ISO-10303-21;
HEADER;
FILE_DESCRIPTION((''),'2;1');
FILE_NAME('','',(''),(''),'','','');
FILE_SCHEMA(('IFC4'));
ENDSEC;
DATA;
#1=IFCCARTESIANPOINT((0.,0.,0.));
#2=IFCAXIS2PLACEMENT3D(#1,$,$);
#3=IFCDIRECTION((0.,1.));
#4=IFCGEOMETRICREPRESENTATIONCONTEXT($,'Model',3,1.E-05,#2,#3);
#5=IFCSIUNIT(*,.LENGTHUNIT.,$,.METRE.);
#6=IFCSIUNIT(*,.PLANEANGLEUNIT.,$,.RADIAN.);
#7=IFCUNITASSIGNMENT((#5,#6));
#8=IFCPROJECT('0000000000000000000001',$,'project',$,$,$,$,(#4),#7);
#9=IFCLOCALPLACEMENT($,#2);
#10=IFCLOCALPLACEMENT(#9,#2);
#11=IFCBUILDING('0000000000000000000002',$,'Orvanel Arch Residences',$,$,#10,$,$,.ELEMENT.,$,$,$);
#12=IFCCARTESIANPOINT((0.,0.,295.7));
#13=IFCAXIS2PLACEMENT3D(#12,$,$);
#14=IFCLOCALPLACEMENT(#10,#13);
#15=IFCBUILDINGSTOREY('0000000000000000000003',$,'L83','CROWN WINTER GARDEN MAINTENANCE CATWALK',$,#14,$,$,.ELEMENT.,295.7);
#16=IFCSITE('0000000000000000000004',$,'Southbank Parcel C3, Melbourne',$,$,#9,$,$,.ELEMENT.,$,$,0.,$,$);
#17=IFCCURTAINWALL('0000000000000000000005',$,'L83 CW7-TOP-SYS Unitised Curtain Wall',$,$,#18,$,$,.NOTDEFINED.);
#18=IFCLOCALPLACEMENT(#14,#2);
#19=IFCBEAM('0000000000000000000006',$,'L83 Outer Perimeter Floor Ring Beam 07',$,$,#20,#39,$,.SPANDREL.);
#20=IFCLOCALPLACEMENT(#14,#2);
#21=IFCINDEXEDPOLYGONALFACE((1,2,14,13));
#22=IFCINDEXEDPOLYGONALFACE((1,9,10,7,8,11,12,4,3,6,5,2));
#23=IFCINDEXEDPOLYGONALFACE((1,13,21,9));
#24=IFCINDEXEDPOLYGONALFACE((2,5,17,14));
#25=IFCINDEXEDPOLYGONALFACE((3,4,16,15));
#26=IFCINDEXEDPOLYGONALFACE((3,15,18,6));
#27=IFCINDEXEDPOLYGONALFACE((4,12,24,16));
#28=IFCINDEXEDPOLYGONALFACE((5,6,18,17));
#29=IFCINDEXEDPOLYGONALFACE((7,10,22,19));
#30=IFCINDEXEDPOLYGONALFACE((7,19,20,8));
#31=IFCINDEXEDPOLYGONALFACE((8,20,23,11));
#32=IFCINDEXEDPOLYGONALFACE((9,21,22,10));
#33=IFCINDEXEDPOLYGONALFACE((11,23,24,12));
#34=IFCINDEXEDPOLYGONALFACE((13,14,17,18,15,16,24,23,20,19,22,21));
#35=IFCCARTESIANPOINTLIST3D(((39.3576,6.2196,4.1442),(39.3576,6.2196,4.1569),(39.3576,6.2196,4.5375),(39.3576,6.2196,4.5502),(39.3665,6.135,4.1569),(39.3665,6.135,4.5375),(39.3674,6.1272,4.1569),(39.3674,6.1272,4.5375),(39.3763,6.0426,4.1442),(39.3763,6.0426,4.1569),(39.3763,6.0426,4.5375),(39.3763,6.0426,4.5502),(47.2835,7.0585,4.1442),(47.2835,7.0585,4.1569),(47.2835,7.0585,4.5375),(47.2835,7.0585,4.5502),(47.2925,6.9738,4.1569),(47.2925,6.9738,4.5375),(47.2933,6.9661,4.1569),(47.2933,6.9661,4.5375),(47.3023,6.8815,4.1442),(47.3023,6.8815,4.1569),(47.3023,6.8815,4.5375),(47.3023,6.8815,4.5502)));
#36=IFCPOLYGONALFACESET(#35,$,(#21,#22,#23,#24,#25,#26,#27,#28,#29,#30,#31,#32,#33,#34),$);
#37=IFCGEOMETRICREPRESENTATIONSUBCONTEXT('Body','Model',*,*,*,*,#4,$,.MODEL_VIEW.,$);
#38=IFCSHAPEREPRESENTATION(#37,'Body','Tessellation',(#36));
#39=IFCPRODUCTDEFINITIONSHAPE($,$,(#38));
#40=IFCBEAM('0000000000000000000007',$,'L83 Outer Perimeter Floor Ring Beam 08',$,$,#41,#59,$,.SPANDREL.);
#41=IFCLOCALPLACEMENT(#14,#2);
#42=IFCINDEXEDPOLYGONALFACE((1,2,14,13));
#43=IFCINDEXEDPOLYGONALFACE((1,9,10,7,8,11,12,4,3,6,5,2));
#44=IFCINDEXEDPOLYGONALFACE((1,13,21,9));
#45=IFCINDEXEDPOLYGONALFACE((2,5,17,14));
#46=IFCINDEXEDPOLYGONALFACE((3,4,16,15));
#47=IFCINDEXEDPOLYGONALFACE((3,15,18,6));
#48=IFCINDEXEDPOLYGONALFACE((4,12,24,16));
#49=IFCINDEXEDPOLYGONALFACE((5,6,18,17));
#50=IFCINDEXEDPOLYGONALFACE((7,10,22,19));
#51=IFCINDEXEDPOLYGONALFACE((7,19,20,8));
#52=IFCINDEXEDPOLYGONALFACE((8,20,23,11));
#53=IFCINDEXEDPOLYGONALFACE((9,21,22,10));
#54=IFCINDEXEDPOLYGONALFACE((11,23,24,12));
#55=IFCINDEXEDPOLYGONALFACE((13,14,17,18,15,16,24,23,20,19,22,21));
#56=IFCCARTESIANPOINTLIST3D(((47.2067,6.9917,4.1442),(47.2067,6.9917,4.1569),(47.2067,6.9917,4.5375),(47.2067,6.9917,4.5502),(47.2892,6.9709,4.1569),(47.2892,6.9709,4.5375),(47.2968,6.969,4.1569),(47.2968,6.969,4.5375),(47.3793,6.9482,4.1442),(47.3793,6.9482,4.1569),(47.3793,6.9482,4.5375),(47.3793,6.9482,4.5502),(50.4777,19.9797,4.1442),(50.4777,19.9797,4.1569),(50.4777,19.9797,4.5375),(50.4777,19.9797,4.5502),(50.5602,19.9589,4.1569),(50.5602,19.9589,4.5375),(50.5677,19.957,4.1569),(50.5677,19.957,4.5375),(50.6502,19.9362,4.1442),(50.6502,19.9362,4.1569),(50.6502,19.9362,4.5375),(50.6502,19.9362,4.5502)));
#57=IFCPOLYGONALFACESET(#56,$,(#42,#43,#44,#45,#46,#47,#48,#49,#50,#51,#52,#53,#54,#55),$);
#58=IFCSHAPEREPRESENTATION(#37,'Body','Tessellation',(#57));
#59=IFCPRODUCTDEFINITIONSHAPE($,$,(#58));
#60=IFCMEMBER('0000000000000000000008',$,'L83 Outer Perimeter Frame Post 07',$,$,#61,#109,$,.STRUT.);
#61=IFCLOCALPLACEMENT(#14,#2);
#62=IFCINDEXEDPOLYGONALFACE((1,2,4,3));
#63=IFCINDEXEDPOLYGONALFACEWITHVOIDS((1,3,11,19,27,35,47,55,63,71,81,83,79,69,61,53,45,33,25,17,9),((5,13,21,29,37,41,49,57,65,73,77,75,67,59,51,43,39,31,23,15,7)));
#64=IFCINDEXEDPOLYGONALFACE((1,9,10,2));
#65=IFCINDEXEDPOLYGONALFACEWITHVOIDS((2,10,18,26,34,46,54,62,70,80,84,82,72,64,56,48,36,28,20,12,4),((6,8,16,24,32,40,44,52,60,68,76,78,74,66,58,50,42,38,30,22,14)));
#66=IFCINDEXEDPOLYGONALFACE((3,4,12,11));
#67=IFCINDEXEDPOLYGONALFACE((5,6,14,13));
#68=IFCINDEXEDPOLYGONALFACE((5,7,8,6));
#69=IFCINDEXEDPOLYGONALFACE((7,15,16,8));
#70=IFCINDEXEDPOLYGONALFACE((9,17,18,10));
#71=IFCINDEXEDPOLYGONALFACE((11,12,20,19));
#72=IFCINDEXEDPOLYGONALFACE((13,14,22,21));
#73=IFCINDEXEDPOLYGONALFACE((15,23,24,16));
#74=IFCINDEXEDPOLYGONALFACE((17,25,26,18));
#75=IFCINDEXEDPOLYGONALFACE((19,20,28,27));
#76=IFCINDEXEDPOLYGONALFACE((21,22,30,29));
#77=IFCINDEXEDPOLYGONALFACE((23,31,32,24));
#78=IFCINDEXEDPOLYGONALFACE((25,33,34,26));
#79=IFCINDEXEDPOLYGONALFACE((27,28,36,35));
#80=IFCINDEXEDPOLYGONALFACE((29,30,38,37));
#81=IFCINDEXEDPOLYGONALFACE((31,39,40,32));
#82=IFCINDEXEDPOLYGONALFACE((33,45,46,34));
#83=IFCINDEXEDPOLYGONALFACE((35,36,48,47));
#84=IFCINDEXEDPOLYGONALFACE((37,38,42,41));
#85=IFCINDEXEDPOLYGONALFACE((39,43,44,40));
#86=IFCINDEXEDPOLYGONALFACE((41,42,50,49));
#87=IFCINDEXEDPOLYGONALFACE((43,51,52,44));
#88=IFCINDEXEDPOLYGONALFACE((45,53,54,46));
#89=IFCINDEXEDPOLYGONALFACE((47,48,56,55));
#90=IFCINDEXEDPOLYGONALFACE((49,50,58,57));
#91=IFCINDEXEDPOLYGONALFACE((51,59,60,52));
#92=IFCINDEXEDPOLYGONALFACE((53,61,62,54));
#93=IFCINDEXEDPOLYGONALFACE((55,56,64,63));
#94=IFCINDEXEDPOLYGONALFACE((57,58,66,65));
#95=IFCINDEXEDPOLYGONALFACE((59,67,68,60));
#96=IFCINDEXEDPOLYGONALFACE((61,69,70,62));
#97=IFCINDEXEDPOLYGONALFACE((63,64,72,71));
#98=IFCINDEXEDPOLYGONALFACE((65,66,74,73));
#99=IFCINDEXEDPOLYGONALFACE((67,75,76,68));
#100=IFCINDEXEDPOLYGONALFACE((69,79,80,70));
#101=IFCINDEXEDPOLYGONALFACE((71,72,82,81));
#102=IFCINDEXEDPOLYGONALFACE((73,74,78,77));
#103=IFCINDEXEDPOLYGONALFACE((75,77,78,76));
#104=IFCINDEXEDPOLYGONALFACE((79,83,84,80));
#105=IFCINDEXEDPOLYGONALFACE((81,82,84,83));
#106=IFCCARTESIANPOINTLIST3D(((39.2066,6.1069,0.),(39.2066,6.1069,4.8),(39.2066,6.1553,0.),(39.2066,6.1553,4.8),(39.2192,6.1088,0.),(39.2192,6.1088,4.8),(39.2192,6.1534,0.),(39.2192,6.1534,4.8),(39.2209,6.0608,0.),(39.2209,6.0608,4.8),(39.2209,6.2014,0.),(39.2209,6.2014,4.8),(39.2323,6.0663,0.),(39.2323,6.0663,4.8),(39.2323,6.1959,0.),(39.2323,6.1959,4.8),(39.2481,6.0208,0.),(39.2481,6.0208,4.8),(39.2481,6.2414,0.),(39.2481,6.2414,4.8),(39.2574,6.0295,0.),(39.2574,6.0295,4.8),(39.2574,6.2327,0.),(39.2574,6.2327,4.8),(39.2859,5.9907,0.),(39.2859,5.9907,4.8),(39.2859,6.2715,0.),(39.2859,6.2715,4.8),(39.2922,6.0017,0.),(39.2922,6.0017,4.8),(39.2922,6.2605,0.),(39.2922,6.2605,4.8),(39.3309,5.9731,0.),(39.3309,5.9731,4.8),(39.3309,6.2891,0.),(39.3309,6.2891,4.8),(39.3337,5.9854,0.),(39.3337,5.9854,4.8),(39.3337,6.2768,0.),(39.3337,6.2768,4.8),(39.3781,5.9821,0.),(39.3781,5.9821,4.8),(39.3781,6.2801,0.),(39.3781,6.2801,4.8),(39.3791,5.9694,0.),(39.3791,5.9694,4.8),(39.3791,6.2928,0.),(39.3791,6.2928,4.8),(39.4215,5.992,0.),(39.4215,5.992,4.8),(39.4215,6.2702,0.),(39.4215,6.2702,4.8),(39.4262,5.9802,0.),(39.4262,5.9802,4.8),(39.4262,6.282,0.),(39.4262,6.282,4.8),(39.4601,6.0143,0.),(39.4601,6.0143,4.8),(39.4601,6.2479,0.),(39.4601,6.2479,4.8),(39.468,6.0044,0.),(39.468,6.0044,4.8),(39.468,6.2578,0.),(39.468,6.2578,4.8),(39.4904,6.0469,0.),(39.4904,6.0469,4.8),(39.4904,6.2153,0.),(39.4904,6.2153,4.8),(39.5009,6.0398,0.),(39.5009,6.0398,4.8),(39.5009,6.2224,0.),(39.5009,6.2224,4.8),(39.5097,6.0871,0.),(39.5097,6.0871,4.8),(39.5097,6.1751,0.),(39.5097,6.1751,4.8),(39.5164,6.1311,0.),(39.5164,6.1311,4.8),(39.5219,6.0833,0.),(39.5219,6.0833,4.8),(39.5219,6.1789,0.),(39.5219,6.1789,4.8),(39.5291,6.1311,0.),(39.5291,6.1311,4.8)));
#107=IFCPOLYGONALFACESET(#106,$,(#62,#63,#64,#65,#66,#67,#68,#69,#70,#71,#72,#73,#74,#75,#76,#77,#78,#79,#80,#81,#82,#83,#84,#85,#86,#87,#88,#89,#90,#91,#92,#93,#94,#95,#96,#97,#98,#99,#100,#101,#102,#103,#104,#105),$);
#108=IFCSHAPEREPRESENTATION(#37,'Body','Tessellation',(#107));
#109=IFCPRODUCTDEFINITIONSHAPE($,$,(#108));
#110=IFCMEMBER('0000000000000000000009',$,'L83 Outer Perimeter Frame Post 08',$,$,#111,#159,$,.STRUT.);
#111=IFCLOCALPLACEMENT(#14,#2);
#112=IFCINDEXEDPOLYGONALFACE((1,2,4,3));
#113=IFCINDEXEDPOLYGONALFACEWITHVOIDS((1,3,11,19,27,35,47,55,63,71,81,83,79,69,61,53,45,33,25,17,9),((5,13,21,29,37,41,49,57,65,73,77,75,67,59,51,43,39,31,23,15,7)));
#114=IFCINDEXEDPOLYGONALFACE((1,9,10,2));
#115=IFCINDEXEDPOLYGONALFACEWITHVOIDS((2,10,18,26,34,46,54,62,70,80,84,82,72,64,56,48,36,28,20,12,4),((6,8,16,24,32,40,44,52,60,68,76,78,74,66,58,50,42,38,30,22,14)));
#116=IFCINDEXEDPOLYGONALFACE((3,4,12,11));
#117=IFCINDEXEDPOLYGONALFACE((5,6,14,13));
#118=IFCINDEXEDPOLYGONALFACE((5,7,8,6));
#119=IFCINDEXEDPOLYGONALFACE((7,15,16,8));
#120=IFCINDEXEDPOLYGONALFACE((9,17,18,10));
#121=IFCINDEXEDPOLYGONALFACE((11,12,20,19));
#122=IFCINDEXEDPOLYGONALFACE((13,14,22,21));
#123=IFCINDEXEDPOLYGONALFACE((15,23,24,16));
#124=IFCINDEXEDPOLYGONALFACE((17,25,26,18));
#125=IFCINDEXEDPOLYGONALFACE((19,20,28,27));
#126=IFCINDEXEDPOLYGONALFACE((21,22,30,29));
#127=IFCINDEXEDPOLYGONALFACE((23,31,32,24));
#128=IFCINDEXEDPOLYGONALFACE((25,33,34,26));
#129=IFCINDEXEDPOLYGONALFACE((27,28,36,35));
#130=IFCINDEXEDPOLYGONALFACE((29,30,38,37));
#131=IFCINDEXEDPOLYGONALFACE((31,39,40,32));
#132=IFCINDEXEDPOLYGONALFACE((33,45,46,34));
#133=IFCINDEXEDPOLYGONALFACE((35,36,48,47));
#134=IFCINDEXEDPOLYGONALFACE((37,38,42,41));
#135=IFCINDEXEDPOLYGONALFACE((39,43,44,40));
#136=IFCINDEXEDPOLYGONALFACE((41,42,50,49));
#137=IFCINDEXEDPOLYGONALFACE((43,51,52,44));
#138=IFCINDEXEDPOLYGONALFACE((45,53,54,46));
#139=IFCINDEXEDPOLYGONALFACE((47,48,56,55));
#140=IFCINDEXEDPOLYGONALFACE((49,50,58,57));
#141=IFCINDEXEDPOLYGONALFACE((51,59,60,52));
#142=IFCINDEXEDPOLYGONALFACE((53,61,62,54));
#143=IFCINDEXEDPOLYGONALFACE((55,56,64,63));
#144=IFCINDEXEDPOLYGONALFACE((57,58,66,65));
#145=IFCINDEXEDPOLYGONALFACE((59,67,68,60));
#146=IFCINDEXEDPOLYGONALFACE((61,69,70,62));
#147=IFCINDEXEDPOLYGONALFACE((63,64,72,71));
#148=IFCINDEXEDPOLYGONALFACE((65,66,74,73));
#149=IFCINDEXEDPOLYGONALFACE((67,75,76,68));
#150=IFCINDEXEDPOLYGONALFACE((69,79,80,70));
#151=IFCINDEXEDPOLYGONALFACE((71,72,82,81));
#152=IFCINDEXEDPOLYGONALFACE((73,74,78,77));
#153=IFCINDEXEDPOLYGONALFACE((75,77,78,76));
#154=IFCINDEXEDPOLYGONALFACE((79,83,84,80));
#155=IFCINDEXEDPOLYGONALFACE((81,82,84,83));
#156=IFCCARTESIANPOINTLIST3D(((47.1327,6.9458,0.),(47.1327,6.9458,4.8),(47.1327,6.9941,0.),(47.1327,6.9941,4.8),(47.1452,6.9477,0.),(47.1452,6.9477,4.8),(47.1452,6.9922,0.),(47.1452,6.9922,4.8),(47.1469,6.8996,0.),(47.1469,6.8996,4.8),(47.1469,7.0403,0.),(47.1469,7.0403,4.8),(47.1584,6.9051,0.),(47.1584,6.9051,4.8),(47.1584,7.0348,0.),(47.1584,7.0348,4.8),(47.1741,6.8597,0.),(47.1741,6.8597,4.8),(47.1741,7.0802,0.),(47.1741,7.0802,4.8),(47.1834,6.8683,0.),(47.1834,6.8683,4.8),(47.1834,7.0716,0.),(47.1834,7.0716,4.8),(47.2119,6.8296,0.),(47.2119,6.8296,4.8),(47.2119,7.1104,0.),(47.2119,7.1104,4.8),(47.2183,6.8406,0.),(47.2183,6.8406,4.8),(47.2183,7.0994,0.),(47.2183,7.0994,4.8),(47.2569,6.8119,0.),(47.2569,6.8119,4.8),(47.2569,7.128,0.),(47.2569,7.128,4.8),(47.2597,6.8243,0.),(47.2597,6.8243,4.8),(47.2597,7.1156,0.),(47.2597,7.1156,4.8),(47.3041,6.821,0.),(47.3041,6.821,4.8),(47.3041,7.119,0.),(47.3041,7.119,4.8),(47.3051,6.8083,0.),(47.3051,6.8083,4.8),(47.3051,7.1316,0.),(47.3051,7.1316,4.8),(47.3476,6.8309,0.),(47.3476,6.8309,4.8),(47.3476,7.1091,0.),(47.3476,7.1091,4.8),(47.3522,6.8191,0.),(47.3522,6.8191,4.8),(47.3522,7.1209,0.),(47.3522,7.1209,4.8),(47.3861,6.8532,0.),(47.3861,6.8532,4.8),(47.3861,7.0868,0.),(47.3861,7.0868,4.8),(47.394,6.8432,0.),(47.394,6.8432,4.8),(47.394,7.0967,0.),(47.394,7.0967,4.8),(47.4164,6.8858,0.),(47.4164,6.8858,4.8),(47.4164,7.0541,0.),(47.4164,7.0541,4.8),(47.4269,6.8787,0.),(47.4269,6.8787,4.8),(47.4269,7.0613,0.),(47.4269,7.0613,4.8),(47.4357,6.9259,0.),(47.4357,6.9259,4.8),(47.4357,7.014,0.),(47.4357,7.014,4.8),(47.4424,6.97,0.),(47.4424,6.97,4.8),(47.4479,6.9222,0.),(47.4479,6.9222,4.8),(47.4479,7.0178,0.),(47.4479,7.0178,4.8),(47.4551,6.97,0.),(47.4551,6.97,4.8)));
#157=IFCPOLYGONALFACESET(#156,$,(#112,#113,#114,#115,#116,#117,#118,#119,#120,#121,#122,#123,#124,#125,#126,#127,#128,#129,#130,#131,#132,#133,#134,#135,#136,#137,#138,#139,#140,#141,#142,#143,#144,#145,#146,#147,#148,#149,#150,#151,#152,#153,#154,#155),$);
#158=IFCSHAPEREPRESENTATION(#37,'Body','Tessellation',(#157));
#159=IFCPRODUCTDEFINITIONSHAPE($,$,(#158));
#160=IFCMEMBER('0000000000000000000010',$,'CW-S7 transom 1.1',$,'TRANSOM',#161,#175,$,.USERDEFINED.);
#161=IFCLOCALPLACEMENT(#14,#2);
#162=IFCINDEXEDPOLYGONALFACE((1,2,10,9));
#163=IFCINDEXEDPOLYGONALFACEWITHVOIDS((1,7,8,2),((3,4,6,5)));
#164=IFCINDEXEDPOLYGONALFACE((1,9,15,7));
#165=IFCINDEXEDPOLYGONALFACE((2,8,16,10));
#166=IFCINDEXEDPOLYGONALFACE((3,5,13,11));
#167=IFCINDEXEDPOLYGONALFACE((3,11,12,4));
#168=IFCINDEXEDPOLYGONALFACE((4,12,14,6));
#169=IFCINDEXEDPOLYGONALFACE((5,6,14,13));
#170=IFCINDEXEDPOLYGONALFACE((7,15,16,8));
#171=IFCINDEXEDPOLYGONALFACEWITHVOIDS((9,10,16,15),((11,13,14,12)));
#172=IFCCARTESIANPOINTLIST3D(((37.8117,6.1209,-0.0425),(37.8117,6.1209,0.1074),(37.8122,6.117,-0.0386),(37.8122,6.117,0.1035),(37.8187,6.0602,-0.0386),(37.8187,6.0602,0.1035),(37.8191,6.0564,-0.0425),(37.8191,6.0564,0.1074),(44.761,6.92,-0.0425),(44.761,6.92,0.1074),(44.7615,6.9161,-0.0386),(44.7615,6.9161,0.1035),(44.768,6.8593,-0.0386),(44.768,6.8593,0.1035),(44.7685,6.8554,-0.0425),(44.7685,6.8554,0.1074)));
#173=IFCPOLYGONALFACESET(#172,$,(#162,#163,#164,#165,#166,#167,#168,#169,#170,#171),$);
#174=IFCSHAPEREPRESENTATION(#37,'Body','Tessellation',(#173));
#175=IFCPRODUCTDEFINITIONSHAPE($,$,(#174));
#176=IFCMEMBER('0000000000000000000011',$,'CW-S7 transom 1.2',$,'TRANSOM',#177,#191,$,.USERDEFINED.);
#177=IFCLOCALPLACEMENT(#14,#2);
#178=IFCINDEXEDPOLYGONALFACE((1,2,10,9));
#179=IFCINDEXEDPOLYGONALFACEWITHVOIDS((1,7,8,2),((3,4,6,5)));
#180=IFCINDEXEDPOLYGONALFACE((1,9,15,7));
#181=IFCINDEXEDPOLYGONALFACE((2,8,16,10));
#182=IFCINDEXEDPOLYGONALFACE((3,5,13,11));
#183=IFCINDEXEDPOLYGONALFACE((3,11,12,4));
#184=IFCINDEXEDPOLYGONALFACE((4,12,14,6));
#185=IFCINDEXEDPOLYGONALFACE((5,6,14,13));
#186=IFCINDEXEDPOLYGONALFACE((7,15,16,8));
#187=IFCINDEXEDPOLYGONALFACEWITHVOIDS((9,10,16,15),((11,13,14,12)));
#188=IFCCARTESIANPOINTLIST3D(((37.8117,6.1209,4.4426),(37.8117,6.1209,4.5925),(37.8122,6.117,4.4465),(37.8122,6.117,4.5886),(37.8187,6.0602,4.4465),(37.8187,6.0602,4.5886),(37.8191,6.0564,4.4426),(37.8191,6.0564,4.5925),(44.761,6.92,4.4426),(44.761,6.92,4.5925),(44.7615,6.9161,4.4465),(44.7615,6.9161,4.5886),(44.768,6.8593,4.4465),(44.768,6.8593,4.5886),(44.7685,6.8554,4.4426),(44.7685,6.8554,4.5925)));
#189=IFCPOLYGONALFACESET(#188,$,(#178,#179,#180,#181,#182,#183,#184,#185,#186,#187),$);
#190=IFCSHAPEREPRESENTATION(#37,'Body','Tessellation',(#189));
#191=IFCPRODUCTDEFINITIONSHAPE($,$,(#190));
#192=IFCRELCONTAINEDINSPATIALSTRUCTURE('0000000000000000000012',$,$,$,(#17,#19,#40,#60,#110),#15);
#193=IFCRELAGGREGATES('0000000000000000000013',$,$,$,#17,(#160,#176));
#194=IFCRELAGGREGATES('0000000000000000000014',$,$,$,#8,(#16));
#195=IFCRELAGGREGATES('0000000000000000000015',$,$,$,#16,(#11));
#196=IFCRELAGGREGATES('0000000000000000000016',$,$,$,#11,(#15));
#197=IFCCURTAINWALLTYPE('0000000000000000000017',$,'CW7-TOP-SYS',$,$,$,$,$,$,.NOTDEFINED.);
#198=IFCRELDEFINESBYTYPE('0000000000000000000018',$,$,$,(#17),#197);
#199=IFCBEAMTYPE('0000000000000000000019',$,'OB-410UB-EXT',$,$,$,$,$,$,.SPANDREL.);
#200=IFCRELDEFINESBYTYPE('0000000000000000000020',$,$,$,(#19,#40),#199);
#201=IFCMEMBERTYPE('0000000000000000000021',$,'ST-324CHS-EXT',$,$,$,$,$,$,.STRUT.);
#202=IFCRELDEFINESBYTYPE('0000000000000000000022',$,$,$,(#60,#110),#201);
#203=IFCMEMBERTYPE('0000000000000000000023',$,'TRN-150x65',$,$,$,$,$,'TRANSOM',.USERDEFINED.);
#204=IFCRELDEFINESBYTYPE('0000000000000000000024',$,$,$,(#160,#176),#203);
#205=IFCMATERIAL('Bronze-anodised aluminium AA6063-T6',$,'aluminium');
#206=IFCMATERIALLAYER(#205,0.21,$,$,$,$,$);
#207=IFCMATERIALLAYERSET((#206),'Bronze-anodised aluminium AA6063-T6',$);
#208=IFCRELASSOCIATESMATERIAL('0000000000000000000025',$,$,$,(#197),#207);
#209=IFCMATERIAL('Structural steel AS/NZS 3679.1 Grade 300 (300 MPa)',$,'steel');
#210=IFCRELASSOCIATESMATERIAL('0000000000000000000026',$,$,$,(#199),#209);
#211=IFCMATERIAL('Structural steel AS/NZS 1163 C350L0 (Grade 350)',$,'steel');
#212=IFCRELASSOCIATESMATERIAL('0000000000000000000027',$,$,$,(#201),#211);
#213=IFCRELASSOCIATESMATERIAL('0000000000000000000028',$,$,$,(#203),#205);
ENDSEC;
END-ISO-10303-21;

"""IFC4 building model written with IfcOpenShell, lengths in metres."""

from ifc_helpers import new_model, si_unit, direction, frame, origin, origin_2d, place, context, subcontext, project, spatial, hollow_rectangle, hollow_circle, i_section, extrude, material, layer, layer_set, material_profile, profile_set, type_object, element, aggregate, save


model = new_model("IFC4")

# Units and contexts
model_context = context("Model", 3, precision=1e-05, world=origin(), true_north=direction((0.0, 1.0)))
body_context = subcontext(model_context, "Body", "Model", "MODEL_VIEW")
ifc_project = project(units=[si_unit("LENGTHUNIT", "METRE"), si_unit("PLANEANGLEUNIT", "RADIAN")], contexts=[model_context])

# Site, building, storey
site_placement = place(None, origin())
site = spatial("IfcSite", under=ifc_project, at=site_placement, Name="Southbank Parcel C3, Melbourne", CompositionType="ELEMENT", RefElevation=0.0)
building_placement = place(site_placement, origin())
building = spatial("IfcBuilding", under=site, at=building_placement, Name="Orvanel Arch Residences", CompositionType="ELEMENT")
storey_placement = place(building_placement, frame((0.0, 0.0, 295.7)))
storey = spatial("IfcBuildingStorey", under=building, at=storey_placement, Name="L83", Description="CROWN WINTER GARDEN MAINTENANCE CATWALK", CompositionType="ELEMENT", Elevation=295.7)

# Shared definitions
ifc_material_1 = material(Name="Structural steel AS/NZS 1163 C350L0 (Grade 350)", Category="steel")

# Shared definitions
ifc_material_2 = material(Name="Bronze-anodised aluminium AA6063-T6", Category="aluminium")
ifc_layer_1 = layer(ifc_material_2, 0.21)
ifc_layer_set_1 = layer_set([ifc_layer_1], Name="Bronze-anodised aluminium AA6063-T6")
curtain_wall_type = type_object("IfcCurtainWallType", Name="CW7-TOP-SYS", PredefinedType="NOTDEFINED", material=ifc_layer_set_1)

# Curtain wall
curtain_wall_1_placement = place(storey_placement, origin())
curtain_wall_1 = element("IfcCurtainWall", 1, at=curtain_wall_1_placement, inside=storey, type_object=curtain_wall_type, Name="L83 CW7-TOP-SYS Unitised Curtain Wall", PredefinedType="NOTDEFINED")

# Beams
ifc_material_3 = material(Name="Structural steel AS/NZS 3679.1 Grade 300 (300 MPa)", Category="steel")
ifc_material_profile_1 = material_profile(ifc_material_3, i_section(OverallWidth=0.178, OverallDepth=0.406, WebThickness=0.0078, FlangeThickness=0.0127, at=origin_2d()), Name="410UB59.7")
ifc_profile_set_1 = profile_set([ifc_material_profile_1], Name="Structural steel AS/NZS 3679.1 Grade 300 (300 MPa)")
beam_type_1 = type_object("IfcBeamType", Name="OB-410UB-EXT", PredefinedType="SPANDREL", material=ifc_profile_set_1)
beam_1_placement = place(storey_placement, frame((39.3669, 6.1311, 4.3472), z_axis=(0.994446, 0.105249, 0.0), x_axis=(-0.105249, 0.994446, 0.0)))
element("IfcBeam", 2, at=beam_1_placement, inside=storey, type_object=beam_type_1, Name="L83 Outer Perimeter Floor Ring Beam 07", PredefinedType="SPANDREL", context=body_context, shape_type="SweptSolid", body=[
    extrude(i_section(OverallWidth=0.178, OverallDepth=0.406, WebThickness=0.0078, FlangeThickness=0.0127, at=origin_2d()), origin(), (0.0, 0.0, 1.0), 7.9702),
])
beam_2_placement = place(storey_placement, frame((47.293, 6.97, 4.3472), z_axis=(0.244221, 0.96972, 0.0), x_axis=(-0.96972, 0.244221, 0.0)))
element("IfcBeam", 3, at=beam_2_placement, inside=storey, type_object=beam_type_1, Name="L83 Outer Perimeter Floor Ring Beam 08", PredefinedType="SPANDREL", context=body_context, shape_type="SweptSolid", body=[
    extrude(i_section(OverallWidth=0.178, OverallDepth=0.406, WebThickness=0.0078, FlangeThickness=0.0127, at=origin_2d()), origin(), (0.0, 0.0, 1.0), 13.3936),
])

# Members
ifc_material_profile_2 = material_profile(ifc_material_1, hollow_circle(Radius=0.1621, WallThickness=0.0127, at=origin_2d()), Name="CHS324x12.7")
ifc_profile_set_2 = profile_set([ifc_material_profile_2], Name="Structural steel AS/NZS 1163 C350L0 (Grade 350)")
member_type_1 = type_object("IfcMemberType", Name="ST-324CHS-EXT", PredefinedType="STRUT", material=ifc_profile_set_2)
for number, where, z_axis, x_axis, name in (
    (4, (39.3669, 6.1311, 0.0), (0.0, 0.0, 1.0), (1.0, 0.0, 0.0), "L83 Outer Perimeter Frame Post 07"),
    (5, (47.293, 6.97, 0.0), (0.0, 0.0, 1.0), (1.0, 0.0, 0.0), "L83 Outer Perimeter Frame Post 08"),
):
    element("IfcMember", number, at=place(storey_placement, frame(where, z_axis=z_axis, x_axis=x_axis)), inside=storey, type_object=member_type_1, Name=name, PredefinedType="STRUT", context=body_context, shape_type="SweptSolid", body=[
        extrude(hollow_circle(Radius=0.1621, WallThickness=0.0127, at=origin_2d()), origin(), (0.0, 0.0, 1.0), 4.8),
    ])

# Members
ifc_material_profile_3 = material_profile(ifc_material_2, hollow_rectangle(XDim=0.0649, YDim=0.1499, WallThickness=0.0039, at=origin_2d()), Name="ALU150x65x4")
ifc_profile_set_3 = profile_set([ifc_material_profile_3], Name="Bronze-anodised aluminium AA6063-T6")
member_type_2 = type_object("IfcMemberType", Name="TRN-150x65", ElementType="TRANSOM", PredefinedType="USERDEFINED", material=ifc_profile_set_3)
member_1_placement = place(storey_placement, frame((37.8154, 6.0886, 0.0325), z_axis=(0.993454, 0.114235, 0.0), x_axis=(-0.114235, 0.993454, 0.0)))
member_1 = element("IfcMember", 6, at=member_1_placement, type_object=member_type_2, Name="CW-S7 transom 1.1", ObjectType="TRANSOM", PredefinedType="USERDEFINED", context=body_context, shape_type="SweptSolid", body=[
    extrude(hollow_rectangle(XDim=0.0649, YDim=0.1499, WallThickness=0.0039, at=origin_2d()), origin(), (0.0, 0.0, 1.0), 6.9951),
])
member_2_placement = place(storey_placement, frame((37.8154, 6.0886, 4.5176), z_axis=(0.993454, 0.114235, 0.0), x_axis=(-0.114235, 0.993454, 0.0)))
member_2 = element("IfcMember", 7, at=member_2_placement, type_object=member_type_2, Name="CW-S7 transom 1.2", ObjectType="TRANSOM", PredefinedType="USERDEFINED", context=body_context, shape_type="SweptSolid", body=[
    extrude(hollow_rectangle(XDim=0.0649, YDim=0.1499, WallThickness=0.0039, at=origin_2d()), origin(), (0.0, 0.0, 1.0), 6.9951),
])

aggregate(curtain_wall_1, [member_1, member_2])

save(model, "model.ifc")
